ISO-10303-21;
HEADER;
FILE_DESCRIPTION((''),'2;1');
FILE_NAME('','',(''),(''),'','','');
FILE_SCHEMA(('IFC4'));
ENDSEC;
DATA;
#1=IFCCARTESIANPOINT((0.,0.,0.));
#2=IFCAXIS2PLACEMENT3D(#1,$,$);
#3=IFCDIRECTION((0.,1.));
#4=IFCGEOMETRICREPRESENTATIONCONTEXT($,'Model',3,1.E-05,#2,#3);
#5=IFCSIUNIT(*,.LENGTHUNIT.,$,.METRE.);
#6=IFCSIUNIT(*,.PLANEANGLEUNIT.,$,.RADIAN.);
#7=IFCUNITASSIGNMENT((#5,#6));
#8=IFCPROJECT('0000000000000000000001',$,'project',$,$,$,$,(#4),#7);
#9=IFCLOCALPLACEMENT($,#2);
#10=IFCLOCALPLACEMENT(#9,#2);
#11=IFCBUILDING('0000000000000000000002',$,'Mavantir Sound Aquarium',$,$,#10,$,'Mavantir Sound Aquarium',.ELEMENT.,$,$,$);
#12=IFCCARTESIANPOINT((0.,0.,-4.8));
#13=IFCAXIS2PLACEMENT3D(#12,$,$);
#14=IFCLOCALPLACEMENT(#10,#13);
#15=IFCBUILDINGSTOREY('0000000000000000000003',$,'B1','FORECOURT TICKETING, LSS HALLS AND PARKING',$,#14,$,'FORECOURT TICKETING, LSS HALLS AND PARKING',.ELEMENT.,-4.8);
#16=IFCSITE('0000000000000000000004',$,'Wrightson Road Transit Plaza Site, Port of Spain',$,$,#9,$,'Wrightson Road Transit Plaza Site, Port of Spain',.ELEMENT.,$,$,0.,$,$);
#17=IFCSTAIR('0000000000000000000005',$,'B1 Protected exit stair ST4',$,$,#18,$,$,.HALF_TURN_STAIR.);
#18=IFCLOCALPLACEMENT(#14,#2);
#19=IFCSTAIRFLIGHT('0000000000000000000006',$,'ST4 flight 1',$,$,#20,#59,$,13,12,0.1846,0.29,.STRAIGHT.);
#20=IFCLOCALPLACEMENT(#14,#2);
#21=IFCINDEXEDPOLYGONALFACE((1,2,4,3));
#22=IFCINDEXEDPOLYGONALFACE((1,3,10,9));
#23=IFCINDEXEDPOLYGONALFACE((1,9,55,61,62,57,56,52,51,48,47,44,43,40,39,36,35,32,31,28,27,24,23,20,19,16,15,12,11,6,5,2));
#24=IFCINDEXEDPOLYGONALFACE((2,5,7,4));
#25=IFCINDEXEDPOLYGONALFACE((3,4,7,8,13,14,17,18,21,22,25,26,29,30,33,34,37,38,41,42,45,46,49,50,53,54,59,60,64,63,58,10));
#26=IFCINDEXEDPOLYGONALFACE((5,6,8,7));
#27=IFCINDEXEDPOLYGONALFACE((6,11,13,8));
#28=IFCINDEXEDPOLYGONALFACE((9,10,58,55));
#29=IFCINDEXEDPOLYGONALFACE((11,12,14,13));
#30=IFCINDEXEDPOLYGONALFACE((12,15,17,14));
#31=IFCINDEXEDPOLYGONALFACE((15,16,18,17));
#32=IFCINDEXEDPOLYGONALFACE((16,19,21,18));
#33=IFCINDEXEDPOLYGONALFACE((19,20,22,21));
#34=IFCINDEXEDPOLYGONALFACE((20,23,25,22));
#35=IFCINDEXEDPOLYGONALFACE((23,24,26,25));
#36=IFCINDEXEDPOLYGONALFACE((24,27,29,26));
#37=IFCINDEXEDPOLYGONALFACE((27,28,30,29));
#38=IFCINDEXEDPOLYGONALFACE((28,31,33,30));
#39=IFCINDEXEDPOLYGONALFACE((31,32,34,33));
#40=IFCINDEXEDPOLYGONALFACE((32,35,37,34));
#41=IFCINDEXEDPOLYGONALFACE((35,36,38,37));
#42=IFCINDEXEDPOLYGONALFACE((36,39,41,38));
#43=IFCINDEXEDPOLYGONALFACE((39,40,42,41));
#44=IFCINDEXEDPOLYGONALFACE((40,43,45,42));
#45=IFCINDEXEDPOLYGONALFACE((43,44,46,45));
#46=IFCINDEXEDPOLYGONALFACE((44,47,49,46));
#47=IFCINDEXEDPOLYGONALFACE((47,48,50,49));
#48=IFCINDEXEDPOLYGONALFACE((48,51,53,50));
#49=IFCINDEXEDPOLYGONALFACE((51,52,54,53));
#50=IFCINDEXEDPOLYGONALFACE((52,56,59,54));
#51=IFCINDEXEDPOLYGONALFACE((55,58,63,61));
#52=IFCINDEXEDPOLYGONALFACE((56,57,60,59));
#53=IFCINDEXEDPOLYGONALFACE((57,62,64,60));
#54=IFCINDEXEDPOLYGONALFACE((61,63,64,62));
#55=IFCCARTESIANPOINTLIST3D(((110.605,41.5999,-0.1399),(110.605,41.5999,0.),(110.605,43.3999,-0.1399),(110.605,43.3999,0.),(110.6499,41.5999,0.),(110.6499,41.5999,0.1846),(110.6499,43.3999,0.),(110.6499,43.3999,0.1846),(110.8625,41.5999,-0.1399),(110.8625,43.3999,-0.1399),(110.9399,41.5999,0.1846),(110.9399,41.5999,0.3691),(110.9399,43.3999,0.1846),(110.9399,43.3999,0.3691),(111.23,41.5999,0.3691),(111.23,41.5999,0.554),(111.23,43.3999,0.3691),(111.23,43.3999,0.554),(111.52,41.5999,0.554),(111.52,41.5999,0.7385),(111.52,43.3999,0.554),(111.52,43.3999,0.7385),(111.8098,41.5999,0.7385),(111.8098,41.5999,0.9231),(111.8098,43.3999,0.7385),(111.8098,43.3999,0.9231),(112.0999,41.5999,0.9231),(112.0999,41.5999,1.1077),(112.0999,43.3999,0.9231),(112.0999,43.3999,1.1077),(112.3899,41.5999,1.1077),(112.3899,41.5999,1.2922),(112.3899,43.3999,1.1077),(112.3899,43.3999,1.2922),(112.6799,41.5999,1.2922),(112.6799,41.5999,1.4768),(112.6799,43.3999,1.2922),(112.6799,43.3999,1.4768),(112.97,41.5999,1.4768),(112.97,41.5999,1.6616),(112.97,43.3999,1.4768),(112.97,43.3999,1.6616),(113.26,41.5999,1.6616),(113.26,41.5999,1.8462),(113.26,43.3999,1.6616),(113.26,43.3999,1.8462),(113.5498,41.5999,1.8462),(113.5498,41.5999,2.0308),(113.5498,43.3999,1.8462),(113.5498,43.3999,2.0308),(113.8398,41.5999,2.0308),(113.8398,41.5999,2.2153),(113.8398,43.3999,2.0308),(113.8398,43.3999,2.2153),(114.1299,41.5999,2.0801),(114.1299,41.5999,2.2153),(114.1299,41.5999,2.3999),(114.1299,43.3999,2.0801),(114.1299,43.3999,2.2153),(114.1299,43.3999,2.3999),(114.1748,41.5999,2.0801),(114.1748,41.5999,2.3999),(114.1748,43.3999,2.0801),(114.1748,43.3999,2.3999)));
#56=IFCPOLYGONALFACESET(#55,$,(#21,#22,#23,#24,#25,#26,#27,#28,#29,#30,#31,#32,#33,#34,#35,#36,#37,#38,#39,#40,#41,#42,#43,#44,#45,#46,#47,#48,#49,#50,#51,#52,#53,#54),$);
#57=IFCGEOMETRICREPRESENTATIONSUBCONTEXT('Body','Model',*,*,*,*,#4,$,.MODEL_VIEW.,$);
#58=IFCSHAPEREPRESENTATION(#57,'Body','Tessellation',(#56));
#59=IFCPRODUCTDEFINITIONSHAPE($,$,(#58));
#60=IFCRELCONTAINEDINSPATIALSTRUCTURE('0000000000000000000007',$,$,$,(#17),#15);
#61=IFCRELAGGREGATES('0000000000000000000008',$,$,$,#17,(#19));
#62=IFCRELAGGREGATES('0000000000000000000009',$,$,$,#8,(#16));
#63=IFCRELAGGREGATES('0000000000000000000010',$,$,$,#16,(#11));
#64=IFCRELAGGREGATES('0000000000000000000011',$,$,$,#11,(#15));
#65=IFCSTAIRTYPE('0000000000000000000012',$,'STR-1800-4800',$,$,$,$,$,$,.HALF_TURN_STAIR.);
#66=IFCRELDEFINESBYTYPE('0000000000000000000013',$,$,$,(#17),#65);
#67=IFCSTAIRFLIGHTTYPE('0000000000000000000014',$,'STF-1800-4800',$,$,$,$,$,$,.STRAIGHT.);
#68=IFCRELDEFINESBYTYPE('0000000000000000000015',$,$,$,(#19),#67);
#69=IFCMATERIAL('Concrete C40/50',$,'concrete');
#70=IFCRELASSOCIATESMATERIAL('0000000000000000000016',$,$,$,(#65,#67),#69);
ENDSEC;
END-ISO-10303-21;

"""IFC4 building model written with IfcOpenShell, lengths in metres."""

from ifc_helpers import new_model, si_unit, direction, frame, origin, place, context, subcontext, project, spatial, polyline, outline, extrude, material, type_object, element, aggregate, save


model = new_model("IFC4")

# Units and contexts
model_context = context("Model", 3, precision=1e-05, world=origin(), true_north=direction((0.0, 1.0)))
body_context = subcontext(model_context, "Body", "Model", "MODEL_VIEW")
ifc_project = project(units=[si_unit("LENGTHUNIT", "METRE"), si_unit("PLANEANGLEUNIT", "RADIAN")], contexts=[model_context])

# Site, building, storey
site_placement = place(None, origin())
site = spatial("IfcSite", under=ifc_project, at=site_placement, Name="Wrightson Road Transit Plaza Site, Port of Spain", LongName="Wrightson Road Transit Plaza Site, Port of Spain", CompositionType="ELEMENT", RefElevation=0.0)
building_placement = place(site_placement, origin())
building = spatial("IfcBuilding", under=site, at=building_placement, Name="Mavantir Sound Aquarium", LongName="Mavantir Sound Aquarium", CompositionType="ELEMENT")
storey_placement = place(building_placement, frame((0.0, 0.0, -4.8)))
storey = spatial("IfcBuildingStorey", under=building, at=storey_placement, Name="B1", Description="FORECOURT TICKETING, LSS HALLS AND PARKING", LongName="FORECOURT TICKETING, LSS HALLS AND PARKING", CompositionType="ELEMENT", Elevation=-4.8)

# Shared definitions
ifc_material_1 = material(Name="Concrete C40/50", Category="concrete")

# Stair, stair flight
stair_type = type_object("IfcStairType", Name="STR-1800-4800", PredefinedType="HALF_TURN_STAIR", material=ifc_material_1)
stair_placement = place(storey_placement, origin())
stair = element("IfcStair", 1, at=stair_placement, inside=storey, type_object=stair_type, Name="B1 Protected exit stair ST4", PredefinedType="HALF_TURN_STAIR")
stair_flight_type = type_object("IfcStairFlightType", Name="STF-1800-4800", PredefinedType="STRAIGHT", material=ifc_material_1)
stair_flight_placement = place(storey_placement, frame((110.6499, 42.5, 0.0), z_axis=(0.0, 0.0, 1.0), x_axis=(1.0, 0.0, 0.0)))
stair_flight = element("IfcStairFlight", 2, at=stair_flight_placement, type_object=stair_flight_type, Name="ST4 flight 1", NumberOfRisers=13, NumberOfTreads=12, PredefinedType="STRAIGHT", RiserHeight=0.1846, TreadLength=0.29, context=body_context, shape_type="SweptSolid", body=[
    extrude(outline(polyline([(-0.0449, -0.1399), (-0.0449, 0.0), (0.0, 0.0), (0.0, 0.1846), (0.29, 0.1846), (0.29, 0.3691), (0.5801, 0.3691), (0.5801, 0.554), (0.8701, 0.554), (0.8701, 0.7385), (1.1599, 0.7385), (1.1599, 0.9231), (1.45, 0.9231), (1.45, 1.1077), (1.74, 1.1077), (1.74, 1.2922), (2.03, 1.2922), (2.03, 1.4768), (2.3201, 1.4768), (2.3201, 1.6616), (2.6101, 1.6616), (2.6101, 1.8462), (2.8999, 1.8462), (2.8999, 2.0308), (3.1899, 2.0308), (3.1899, 2.2153), (3.48, 2.2153), (3.48, 2.3999), (3.5249, 2.3999), (3.5249, 2.0801), (3.48, 2.0801), (0.2126, -0.1399), (-0.0449, -0.1399)])), frame((0.0, 0.8999, 0.0), z_axis=(0.0, -1.0, 0.0), x_axis=(1.0, 0.0, 0.0)), (0.0, 0.0, 1.0), 1.8),
])
aggregate(stair, [stair_flight])

save(model, "model.ifc")
